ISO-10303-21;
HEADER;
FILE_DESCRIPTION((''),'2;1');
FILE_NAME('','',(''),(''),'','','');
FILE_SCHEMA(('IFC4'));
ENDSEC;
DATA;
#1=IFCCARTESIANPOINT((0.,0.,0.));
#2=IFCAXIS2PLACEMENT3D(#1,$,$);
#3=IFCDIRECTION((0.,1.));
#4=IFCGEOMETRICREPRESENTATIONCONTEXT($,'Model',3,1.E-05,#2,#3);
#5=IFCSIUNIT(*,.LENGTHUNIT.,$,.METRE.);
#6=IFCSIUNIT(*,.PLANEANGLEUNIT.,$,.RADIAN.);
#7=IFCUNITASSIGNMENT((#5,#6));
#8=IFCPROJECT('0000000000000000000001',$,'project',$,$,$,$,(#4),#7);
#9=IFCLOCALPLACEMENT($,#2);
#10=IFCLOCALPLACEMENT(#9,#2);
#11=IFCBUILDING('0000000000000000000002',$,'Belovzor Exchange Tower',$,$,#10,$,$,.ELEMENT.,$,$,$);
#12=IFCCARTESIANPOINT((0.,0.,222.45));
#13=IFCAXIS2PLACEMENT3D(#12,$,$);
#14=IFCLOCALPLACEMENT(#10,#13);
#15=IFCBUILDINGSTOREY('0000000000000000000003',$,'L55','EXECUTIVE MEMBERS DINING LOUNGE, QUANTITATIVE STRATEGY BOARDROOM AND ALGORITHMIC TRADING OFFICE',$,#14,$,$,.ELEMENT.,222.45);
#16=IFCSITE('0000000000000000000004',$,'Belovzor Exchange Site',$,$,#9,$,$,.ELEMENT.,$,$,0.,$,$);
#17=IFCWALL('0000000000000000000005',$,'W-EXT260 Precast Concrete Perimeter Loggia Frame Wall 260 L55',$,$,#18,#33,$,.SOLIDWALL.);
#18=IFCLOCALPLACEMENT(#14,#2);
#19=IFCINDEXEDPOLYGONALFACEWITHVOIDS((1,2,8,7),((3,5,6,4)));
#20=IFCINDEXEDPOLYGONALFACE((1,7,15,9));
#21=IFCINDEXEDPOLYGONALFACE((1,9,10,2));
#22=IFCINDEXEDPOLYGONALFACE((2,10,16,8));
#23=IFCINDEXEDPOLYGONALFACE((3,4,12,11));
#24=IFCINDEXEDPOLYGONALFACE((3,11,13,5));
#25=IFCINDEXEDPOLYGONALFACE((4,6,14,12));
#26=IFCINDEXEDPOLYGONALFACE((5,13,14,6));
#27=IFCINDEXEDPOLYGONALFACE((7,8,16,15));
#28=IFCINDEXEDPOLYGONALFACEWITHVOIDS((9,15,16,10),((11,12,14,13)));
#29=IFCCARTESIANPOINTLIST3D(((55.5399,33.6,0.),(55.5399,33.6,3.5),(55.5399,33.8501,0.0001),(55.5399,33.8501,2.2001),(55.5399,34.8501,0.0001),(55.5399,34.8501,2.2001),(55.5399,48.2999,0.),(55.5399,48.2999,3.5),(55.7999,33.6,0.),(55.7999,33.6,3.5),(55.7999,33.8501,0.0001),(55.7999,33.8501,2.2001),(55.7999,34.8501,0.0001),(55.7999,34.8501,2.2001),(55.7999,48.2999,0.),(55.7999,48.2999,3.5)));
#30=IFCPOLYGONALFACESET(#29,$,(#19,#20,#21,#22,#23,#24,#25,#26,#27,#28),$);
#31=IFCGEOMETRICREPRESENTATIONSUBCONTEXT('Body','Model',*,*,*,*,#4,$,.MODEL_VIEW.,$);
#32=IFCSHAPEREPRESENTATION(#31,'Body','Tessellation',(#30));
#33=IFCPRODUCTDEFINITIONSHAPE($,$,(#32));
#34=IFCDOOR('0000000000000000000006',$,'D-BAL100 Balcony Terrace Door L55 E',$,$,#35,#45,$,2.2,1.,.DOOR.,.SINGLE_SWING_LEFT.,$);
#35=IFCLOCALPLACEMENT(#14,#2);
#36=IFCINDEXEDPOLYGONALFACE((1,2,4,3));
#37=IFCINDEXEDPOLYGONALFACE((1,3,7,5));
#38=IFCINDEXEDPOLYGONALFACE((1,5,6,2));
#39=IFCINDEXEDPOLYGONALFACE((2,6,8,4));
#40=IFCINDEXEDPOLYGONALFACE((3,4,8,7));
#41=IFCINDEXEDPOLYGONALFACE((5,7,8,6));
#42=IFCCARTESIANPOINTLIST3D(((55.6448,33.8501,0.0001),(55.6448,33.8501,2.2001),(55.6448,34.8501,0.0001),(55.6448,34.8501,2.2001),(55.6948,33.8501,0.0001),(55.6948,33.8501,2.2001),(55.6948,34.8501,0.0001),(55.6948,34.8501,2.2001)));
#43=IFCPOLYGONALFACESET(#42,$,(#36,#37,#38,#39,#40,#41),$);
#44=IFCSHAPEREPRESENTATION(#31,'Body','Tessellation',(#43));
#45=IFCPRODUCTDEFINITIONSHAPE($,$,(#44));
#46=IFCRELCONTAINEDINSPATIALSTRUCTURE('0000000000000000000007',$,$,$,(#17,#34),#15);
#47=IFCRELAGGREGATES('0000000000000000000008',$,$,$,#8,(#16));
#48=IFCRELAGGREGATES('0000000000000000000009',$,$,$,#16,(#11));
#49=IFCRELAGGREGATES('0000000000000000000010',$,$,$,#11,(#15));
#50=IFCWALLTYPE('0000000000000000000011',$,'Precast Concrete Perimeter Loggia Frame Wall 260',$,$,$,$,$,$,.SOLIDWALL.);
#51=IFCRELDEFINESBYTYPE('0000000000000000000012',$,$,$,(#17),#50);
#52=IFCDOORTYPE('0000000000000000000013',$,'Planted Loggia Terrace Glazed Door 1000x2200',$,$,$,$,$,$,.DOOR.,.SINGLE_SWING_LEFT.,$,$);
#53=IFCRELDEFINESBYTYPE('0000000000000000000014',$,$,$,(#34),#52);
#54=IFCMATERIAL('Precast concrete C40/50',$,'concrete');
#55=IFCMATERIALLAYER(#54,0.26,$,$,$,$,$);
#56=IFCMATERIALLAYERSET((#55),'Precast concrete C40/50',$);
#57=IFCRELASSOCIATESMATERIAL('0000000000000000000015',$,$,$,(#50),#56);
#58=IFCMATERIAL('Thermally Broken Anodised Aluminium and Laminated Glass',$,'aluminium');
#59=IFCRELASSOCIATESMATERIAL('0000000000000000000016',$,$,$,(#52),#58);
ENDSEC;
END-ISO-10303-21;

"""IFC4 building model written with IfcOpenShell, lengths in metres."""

from ifc_helpers import new_model, si_unit, direction, frame, frame_2d, origin, place, context, subcontext, project, spatial, rectangle, extrude, material, layer, layer_set, type_object, element, fill, save


model = new_model("IFC4")

# Units and contexts
model_context = context("Model", 3, precision=1e-05, world=origin(), true_north=direction((0.0, 1.0)))
body_context = subcontext(model_context, "Body", "Model", "MODEL_VIEW")
ifc_project = project(units=[si_unit("LENGTHUNIT", "METRE"), si_unit("PLANEANGLEUNIT", "RADIAN")], contexts=[model_context])

# Site, building, storey
site_placement = place(None, origin())
site = spatial("IfcSite", under=ifc_project, at=site_placement, Name="Belovzor Exchange Site", CompositionType="ELEMENT", RefElevation=0.0)
building_placement = place(site_placement, origin())
building = spatial("IfcBuilding", under=site, at=building_placement, Name="Belovzor Exchange Tower", CompositionType="ELEMENT")
storey_placement = place(building_placement, frame((0.0, 0.0, 222.45)))
storey = spatial("IfcBuildingStorey", under=building, at=storey_placement, Name="L55", Description="EXECUTIVE MEMBERS DINING LOUNGE, QUANTITATIVE STRATEGY BOARDROOM AND ALGORITHMIC TRADING OFFICE", CompositionType="ELEMENT", Elevation=222.45)

# Wall, opening, door
ifc_material_1 = material(Name="Precast concrete C40/50", Category="concrete")
ifc_layer_1 = layer(ifc_material_1, 0.26)
ifc_layer_set_1 = layer_set([ifc_layer_1], Name="Precast concrete C40/50")
wall_type_1 = type_object("IfcWallType", Name="Precast Concrete Perimeter Loggia Frame Wall 260", PredefinedType="SOLIDWALL", material=ifc_layer_set_1)
wall_1_placement = place(storey_placement, frame((55.6699, 48.3, 0.0), z_axis=(0.0, 0.0, 1.0), x_axis=(0.0, -1.0, 0.0)))
wall_1 = element("IfcWall", 1, at=wall_1_placement, inside=storey, type_object=wall_type_1, Name="W-EXT260 Precast Concrete Perimeter Loggia Frame Wall 260 L55", PredefinedType="SOLIDWALL", context=body_context, shape_type="SweptSolid", body=[
    extrude(rectangle(XDim=14.7, YDim=0.26, at=frame_2d((7.3501, 0.0))), origin(), (0.0, 0.0, 1.0), 3.5),
])
opening_1_placement = place(wall_1_placement, frame((13.45, 0.0, 0.0)))
opening_1 = element("IfcOpeningElement", 2, at=opening_1_placement, cuts=wall_1, PredefinedType="OPENING", context=body_context, shape_type="SweptSolid", body=[
    extrude(rectangle(XDim=1.0, YDim=2.2, at=frame_2d((0.5, 1.1001))), frame((0.0, 0.1399, 0.0), z_axis=(0.0, -1.0, 0.0), x_axis=(1.0, 0.0, 0.0)), (0.0, 0.0, 1.0), 0.28),
])
ifc_material_2 = material(Name="Thermally Broken Anodised Aluminium and Laminated Glass", Category="aluminium")
door_type_1 = type_object("IfcDoorType", Name="Planted Loggia Terrace Glazed Door 1000x2200", OperationType="SINGLE_SWING_LEFT", PredefinedType="DOOR", material=ifc_material_2)
door_1_placement = place(opening_1_placement, origin())
door_1 = element("IfcDoor", 3, at=door_1_placement, inside=storey, type_object=door_type_1, Name="D-BAL100 Balcony Terrace Door L55 E", OperationType="SINGLE_SWING_LEFT", OverallHeight=2.2, OverallWidth=1.0, PredefinedType="DOOR", context=body_context, shape_type="SweptSolid", body=[
    extrude(rectangle(XDim=1.0, YDim=2.2, at=frame_2d((0.5, 1.1001))), frame((0.0, 0.0249, 0.0), z_axis=(0.0, -1.0, 0.0), x_axis=(1.0, 0.0, 0.0)), (0.0, 0.0, 1.0), 0.05),
])
fill(opening_1, door_1)

save(model, "model.ifc")
